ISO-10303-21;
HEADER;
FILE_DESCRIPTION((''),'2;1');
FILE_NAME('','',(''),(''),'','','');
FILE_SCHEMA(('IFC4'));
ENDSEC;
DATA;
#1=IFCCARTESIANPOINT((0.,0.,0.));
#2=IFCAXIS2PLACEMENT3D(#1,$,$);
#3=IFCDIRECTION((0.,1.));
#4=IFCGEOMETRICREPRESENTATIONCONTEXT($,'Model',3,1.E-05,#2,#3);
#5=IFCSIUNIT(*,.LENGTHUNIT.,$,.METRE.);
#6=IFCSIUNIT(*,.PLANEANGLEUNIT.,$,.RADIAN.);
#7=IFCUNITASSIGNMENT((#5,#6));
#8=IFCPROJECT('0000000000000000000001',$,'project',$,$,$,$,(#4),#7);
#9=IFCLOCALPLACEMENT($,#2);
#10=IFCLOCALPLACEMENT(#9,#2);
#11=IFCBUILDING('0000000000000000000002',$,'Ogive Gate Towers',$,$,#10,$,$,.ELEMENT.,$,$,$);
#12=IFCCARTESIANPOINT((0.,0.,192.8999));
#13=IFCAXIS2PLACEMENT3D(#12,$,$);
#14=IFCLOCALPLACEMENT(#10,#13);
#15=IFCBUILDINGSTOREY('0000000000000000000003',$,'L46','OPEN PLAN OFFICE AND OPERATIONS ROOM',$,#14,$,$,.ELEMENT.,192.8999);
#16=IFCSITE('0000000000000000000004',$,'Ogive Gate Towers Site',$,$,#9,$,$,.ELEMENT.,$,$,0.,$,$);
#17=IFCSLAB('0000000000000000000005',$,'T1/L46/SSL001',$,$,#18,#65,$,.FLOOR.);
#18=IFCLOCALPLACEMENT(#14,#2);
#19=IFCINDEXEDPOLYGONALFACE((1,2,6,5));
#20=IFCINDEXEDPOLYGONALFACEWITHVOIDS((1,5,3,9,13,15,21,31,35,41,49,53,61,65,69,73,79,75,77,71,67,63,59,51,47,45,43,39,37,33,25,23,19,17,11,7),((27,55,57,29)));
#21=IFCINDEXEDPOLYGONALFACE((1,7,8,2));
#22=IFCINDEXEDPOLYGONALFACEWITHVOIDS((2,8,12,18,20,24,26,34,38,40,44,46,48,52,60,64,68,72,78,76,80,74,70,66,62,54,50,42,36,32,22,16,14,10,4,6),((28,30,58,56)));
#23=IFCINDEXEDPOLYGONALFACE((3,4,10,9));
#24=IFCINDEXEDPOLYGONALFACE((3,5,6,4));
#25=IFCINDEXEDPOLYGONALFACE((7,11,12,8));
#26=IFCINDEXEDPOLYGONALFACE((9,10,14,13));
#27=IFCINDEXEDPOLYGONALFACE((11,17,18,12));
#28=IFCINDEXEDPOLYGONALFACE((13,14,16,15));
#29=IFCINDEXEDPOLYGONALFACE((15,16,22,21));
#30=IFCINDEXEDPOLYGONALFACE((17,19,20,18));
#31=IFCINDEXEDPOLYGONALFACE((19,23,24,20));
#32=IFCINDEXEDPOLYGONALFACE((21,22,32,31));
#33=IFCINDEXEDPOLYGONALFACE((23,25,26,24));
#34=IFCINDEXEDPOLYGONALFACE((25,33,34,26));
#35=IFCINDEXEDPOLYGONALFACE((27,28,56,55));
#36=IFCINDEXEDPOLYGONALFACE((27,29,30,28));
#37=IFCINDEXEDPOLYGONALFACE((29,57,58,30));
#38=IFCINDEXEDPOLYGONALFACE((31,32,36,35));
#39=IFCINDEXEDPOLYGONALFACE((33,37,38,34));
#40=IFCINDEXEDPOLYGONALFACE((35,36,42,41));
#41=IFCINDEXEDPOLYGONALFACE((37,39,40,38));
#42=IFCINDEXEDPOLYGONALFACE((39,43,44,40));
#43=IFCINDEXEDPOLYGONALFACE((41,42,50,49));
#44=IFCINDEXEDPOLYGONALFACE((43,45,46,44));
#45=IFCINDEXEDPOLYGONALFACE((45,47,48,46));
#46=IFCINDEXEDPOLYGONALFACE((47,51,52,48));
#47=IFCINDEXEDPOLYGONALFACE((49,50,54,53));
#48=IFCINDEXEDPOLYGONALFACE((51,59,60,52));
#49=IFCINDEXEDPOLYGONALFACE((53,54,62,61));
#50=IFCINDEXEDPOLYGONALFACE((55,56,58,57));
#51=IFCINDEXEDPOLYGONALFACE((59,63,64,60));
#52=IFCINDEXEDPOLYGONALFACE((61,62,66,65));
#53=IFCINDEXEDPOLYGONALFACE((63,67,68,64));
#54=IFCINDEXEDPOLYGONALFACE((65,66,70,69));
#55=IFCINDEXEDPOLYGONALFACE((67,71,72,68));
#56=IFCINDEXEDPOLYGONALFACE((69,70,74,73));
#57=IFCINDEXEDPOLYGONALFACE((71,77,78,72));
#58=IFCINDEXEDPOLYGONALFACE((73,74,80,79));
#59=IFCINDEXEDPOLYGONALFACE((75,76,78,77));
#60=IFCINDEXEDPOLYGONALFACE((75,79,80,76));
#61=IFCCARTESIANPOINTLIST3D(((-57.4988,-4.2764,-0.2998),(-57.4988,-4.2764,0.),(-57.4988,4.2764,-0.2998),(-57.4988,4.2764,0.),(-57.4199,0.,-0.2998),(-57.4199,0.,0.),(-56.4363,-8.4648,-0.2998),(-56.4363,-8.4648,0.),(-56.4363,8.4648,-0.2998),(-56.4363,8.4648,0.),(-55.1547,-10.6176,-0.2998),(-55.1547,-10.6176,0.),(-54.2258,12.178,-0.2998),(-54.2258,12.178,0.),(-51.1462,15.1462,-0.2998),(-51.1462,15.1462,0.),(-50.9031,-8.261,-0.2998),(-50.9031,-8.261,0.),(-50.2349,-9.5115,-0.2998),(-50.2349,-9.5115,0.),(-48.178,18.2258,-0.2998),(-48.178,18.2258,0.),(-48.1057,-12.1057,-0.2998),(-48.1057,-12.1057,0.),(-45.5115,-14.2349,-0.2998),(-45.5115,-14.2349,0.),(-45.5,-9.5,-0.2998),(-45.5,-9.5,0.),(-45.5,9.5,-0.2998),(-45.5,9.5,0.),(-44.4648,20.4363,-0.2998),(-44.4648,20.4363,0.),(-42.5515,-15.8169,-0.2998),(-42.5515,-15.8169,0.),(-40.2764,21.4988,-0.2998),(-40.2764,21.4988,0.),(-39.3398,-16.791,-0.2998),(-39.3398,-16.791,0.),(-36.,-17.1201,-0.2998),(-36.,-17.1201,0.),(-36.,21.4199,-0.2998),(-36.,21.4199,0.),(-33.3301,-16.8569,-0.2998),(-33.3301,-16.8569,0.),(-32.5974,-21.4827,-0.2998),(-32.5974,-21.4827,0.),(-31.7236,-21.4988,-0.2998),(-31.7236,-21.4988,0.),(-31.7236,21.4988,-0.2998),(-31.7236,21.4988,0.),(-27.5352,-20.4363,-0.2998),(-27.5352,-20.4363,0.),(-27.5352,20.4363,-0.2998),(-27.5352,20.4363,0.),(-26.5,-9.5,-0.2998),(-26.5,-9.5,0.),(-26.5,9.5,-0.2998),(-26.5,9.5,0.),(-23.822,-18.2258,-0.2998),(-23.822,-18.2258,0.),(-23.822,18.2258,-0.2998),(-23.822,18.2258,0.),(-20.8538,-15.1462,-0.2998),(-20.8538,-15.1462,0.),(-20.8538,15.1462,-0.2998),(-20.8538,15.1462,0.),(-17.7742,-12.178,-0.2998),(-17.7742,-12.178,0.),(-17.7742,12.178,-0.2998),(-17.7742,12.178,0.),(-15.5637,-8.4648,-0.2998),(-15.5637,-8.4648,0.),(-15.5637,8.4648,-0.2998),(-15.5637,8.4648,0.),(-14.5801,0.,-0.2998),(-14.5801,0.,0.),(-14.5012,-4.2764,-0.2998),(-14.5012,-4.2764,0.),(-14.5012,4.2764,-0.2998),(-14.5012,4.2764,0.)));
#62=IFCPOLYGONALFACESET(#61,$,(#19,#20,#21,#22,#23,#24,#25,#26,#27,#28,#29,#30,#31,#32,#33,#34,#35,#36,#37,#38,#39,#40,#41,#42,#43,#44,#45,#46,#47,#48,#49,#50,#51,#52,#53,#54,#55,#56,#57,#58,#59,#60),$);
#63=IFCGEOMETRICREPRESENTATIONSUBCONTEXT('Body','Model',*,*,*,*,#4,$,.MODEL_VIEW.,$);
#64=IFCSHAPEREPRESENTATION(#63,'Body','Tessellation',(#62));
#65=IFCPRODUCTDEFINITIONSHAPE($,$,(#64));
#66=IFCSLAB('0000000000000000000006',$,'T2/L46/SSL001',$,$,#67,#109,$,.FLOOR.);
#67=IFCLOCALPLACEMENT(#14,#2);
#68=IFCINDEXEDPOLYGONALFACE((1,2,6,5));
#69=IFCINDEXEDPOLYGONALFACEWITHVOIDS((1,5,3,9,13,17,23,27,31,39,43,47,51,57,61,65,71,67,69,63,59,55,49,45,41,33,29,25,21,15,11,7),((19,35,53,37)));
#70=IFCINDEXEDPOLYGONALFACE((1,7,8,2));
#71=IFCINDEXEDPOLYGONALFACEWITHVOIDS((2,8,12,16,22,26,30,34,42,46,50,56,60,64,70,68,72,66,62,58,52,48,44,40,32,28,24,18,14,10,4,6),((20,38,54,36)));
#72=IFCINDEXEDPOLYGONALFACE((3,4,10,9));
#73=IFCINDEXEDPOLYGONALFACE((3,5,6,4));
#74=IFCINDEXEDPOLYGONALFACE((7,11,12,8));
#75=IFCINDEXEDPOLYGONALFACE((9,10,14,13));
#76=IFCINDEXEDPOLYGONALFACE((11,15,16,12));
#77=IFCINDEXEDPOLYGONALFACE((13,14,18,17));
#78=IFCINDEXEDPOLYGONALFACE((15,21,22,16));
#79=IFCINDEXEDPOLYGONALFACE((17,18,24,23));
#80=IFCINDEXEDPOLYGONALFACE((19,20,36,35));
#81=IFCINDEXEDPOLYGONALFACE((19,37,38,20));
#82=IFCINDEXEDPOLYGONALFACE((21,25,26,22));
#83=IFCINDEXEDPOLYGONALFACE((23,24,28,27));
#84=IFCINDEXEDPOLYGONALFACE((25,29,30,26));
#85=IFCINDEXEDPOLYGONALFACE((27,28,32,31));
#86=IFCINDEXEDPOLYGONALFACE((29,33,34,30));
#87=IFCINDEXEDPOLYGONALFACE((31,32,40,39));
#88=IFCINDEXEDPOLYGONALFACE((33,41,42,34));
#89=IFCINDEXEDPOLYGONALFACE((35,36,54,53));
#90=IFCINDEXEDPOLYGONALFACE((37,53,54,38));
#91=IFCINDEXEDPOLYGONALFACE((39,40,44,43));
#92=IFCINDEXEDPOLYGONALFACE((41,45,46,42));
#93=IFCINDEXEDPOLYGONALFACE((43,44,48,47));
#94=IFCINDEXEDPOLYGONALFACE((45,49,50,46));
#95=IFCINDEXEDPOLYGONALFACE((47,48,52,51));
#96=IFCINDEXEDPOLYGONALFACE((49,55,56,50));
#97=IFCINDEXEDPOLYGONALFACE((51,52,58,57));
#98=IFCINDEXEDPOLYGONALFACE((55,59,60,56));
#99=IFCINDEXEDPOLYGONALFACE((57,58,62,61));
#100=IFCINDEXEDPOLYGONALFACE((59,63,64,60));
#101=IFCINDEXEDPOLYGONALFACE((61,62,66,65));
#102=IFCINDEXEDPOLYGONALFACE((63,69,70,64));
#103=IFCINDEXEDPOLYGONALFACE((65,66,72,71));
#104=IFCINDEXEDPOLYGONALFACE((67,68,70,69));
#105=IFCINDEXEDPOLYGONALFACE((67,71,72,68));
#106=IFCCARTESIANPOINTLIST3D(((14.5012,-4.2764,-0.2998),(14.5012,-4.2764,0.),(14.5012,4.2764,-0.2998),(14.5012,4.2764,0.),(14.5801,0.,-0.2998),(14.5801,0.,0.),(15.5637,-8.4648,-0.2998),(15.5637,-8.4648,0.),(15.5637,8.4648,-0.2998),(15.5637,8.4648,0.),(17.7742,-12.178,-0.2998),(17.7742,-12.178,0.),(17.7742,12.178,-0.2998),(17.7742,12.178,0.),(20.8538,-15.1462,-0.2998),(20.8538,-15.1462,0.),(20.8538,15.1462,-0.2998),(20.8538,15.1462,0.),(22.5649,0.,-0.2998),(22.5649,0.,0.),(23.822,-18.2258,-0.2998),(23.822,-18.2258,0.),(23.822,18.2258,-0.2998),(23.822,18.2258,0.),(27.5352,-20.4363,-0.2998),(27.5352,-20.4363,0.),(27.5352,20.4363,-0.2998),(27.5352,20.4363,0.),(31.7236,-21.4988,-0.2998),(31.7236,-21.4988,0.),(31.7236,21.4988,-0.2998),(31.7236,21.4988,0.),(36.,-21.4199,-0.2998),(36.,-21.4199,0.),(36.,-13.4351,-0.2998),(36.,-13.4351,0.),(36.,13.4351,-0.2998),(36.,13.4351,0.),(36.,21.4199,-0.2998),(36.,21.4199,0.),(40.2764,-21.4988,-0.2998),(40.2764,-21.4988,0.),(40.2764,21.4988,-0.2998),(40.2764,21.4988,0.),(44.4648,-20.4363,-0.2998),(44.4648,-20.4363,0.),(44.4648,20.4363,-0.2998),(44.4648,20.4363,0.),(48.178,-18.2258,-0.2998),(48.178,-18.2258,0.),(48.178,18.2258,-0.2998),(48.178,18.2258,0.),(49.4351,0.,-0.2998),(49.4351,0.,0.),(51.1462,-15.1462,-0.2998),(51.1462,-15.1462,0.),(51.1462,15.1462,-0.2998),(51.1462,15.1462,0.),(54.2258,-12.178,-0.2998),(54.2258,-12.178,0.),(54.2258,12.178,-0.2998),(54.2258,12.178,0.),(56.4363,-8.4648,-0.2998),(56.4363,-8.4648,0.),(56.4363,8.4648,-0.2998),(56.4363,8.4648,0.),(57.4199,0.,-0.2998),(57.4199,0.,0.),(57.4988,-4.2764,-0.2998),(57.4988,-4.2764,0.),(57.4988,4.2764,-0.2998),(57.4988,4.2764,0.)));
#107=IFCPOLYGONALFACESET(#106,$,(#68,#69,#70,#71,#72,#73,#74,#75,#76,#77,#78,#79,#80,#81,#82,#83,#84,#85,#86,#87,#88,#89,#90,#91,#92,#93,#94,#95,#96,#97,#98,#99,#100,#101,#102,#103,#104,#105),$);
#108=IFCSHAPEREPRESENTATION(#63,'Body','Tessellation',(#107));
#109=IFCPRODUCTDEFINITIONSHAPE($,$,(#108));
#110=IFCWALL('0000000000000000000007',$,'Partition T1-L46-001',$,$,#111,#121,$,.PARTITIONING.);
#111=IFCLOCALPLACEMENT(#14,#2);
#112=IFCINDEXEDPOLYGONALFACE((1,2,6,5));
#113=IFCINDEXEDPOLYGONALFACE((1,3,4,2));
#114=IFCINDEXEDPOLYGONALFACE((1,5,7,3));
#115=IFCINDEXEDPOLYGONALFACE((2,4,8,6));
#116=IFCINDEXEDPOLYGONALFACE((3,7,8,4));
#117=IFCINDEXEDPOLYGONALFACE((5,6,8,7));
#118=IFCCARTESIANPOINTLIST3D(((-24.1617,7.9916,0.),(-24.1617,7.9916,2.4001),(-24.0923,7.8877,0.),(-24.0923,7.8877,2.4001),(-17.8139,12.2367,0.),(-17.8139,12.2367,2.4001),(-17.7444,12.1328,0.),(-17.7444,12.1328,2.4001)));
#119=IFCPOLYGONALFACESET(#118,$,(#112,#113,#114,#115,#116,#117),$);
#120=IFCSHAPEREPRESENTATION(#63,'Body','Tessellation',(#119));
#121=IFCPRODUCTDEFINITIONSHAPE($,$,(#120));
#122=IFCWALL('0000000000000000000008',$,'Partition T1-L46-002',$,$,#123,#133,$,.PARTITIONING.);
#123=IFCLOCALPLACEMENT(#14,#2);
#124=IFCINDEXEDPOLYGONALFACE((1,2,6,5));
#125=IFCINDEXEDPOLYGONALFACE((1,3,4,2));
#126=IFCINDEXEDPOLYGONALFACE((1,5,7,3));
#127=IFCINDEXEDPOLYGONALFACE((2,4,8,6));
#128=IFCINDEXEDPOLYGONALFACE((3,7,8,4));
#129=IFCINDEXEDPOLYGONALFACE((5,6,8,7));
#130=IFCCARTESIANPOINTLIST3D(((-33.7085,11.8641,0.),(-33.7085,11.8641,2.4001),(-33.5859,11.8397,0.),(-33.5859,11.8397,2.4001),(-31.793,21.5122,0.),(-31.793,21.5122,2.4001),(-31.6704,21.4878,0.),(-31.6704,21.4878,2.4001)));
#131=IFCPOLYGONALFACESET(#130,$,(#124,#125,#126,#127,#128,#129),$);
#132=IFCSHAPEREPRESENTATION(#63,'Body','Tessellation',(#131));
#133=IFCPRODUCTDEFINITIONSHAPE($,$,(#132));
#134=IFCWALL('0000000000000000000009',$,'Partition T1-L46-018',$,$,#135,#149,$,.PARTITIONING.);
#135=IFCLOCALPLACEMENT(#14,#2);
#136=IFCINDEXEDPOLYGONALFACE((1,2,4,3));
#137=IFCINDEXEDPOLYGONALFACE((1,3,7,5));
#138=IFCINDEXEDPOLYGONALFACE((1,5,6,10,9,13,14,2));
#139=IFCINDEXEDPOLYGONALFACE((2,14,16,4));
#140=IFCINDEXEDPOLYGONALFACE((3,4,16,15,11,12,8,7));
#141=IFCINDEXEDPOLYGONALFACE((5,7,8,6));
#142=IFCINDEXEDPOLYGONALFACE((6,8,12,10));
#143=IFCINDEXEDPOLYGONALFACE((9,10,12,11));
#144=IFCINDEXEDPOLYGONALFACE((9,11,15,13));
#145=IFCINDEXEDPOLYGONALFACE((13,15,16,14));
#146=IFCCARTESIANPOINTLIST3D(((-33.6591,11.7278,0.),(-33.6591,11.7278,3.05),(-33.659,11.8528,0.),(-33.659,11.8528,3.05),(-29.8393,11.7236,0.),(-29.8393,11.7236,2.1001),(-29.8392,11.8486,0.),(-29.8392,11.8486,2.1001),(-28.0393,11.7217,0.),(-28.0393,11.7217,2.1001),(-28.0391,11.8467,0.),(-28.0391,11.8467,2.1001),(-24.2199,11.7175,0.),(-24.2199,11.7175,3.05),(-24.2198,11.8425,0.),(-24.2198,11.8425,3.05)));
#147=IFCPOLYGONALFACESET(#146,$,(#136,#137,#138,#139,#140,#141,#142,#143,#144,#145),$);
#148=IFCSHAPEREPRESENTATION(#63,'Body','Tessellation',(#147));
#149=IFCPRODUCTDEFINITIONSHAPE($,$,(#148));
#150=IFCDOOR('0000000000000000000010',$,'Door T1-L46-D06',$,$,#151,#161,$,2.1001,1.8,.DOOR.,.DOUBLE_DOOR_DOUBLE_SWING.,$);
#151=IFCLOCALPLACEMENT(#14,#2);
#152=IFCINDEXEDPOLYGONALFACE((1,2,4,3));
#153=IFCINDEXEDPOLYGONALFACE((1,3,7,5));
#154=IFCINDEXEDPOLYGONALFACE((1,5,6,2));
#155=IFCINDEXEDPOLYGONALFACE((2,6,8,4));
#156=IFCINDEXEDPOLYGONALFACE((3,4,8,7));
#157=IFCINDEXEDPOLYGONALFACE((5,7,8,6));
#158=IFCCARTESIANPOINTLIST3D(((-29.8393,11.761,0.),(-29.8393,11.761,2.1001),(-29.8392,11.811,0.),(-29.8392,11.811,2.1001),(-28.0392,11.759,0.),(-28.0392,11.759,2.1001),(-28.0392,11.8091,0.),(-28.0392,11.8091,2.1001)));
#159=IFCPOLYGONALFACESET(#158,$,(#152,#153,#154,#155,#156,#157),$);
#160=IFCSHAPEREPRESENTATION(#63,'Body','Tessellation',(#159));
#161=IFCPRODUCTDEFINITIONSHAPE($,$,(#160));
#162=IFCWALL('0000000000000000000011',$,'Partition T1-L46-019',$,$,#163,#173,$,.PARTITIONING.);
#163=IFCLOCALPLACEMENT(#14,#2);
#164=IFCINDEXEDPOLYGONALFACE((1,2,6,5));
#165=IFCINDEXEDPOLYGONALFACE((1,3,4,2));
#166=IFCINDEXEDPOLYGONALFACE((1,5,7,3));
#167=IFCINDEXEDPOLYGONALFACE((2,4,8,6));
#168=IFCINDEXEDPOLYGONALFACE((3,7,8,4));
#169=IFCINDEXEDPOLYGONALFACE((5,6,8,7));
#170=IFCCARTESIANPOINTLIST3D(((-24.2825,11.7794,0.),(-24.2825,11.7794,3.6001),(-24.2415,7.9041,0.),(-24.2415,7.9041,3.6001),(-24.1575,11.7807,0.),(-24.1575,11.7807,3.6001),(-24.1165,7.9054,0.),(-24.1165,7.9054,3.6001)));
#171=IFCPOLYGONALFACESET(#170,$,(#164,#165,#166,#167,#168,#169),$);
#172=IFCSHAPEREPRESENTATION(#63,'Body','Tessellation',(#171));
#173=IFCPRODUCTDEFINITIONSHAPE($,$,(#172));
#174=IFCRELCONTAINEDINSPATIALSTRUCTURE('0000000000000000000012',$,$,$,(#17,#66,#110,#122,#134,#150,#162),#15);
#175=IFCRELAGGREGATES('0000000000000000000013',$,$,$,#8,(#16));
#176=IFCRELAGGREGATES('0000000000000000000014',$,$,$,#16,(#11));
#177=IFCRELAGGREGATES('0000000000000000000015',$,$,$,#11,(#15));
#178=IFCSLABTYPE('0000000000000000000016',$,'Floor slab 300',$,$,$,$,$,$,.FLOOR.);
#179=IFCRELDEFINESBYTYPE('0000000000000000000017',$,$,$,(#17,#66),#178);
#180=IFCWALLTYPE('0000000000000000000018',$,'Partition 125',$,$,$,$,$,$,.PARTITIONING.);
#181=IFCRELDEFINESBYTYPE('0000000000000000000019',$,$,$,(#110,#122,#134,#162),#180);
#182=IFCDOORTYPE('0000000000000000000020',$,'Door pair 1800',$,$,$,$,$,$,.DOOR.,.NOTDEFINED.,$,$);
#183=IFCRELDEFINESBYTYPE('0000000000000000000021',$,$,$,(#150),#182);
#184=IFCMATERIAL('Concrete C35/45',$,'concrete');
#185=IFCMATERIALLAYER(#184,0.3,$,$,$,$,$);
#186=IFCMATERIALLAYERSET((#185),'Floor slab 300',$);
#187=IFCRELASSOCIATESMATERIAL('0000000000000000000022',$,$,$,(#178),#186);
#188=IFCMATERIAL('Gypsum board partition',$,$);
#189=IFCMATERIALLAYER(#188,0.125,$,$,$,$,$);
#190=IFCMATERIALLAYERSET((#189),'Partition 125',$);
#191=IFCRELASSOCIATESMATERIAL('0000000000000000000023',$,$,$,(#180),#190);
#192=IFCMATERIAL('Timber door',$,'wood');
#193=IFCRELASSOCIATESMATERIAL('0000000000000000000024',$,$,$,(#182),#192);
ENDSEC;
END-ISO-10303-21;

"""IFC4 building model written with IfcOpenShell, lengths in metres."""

from ifc_helpers import new_model, si_unit, direction, frame, frame_2d, origin, place, context, subcontext, project, spatial, polyline, rectangle, outline, extrude, material, layer, layer_set, type_object, element, fill, save


model = new_model("IFC4")

# Units and contexts
model_context = context("Model", 3, precision=1e-05, world=origin(), true_north=direction((0.0, 1.0)))
body_context = subcontext(model_context, "Body", "Model", "MODEL_VIEW")
ifc_project = project(units=[si_unit("LENGTHUNIT", "METRE"), si_unit("PLANEANGLEUNIT", "RADIAN")], contexts=[model_context])

# Site, building, storey
site_placement = place(None, origin())
site = spatial("IfcSite", under=ifc_project, at=site_placement, Name="Ogive Gate Towers Site", CompositionType="ELEMENT", RefElevation=0.0)
building_placement = place(site_placement, origin())
building = spatial("IfcBuilding", under=site, at=building_placement, Name="Ogive Gate Towers", CompositionType="ELEMENT")
storey_placement = place(building_placement, frame((0.0, 0.0, 192.8999)))
storey = spatial("IfcBuildingStorey", under=building, at=storey_placement, Name="L46", Description="OPEN PLAN OFFICE AND OPERATIONS ROOM", CompositionType="ELEMENT", Elevation=192.8999)

# Slabs
ifc_material_1 = material(Name="Concrete C35/45", Category="concrete")
ifc_layer_1 = layer(ifc_material_1, 0.3)
ifc_layer_set_1 = layer_set([ifc_layer_1], Name="Floor slab 300")
slab_type_1 = type_object("IfcSlabType", Name="Floor slab 300", PredefinedType="FLOOR", material=ifc_layer_set_1)
slab_1_placement = place(storey_placement, frame((0.0, 0.0, -0.2998)))
element("IfcSlab", 1, at=slab_1_placement, inside=storey, type_object=slab_type_1, Name="T1/L46/SSL001", PredefinedType="FLOOR", context=body_context, shape_type="SweptSolid", body=[
    extrude(outline(polyline([(-57.4988, -4.2764), (-56.4363, -8.4648), (-54.2258, -12.178), (-55.1548, -10.6177), (-50.9031, -8.261), (-50.2349, -9.5115), (-48.1057, -12.1057), (-45.5115, -14.2349), (-42.5515, -15.8169), (-39.3398, -16.791), (-36.0, -17.1201), (-33.3301, -16.8569), (-32.5974, -21.4827), (-36.0, -21.4199), (-31.7236, -21.4988), (-27.5352, -20.4363), (-23.822, -18.2258), (-20.8538, -15.1462), (-17.7742, -12.178), (-15.5637, -8.4648), (-14.5012, -4.2764), (-14.5801, 0.0), (-14.5012, 4.2764), (-15.5637, 8.4648), (-17.7742, 12.178), (-20.8538, 15.1462), (-23.822, 18.2258), (-27.5352, 20.4363), (-31.7236, 21.4988), (-36.0, 21.4199), (-40.2764, 21.4988), (-44.4648, 20.4363), (-48.178, 18.2258), (-51.1462, 15.1462), (-54.2258, 12.178), (-56.4363, 8.4648), (-57.4988, 4.2764), (-57.4199, 0.0), (-57.4988, -4.2764)]), holes=[polyline([(-26.5, -9.5), (-45.5, -9.5), (-45.5, 9.5), (-26.5, 9.5), (-26.5, -9.5)])]), origin(), (0.0, 0.0, 1.0), 0.2998),
])
slab_2_placement = place(storey_placement, frame((0.0, 0.0, -0.2998)))
element("IfcSlab", 2, at=slab_2_placement, inside=storey, type_object=slab_type_1, Name="T2/L46/SSL001", PredefinedType="FLOOR", context=body_context, shape_type="SweptSolid", body=[
    extrude(outline(polyline([(57.4988, -4.2764), (57.4199, 0.0), (57.4988, 4.2764), (56.4363, 8.4648), (54.2258, 12.178), (51.1462, 15.1462), (48.178, 18.2258), (44.4648, 20.4363), (40.2764, 21.4988), (36.0, 21.4199), (31.7236, 21.4988), (27.5352, 20.4363), (23.822, 18.2258), (20.8538, 15.1462), (17.7742, 12.178), (15.5637, 8.4648), (14.5012, 4.2764), (14.5801, 0.0), (14.5012, -4.2764), (15.5637, -8.4648), (17.7742, -12.178), (20.8538, -15.1462), (23.822, -18.2258), (27.5352, -20.4363), (31.7236, -21.4988), (36.0, -21.4199), (40.2764, -21.4988), (44.4648, -20.4363), (48.178, -18.2258), (51.1462, -15.1462), (54.2258, -12.178), (56.4363, -8.4648), (57.4988, -4.2764)]), holes=[polyline([(49.4351, 0.0), (36.0, -13.4351), (22.5649, 0.0), (36.0, 13.4351), (49.4351, 0.0)])]), origin(), (0.0, 0.0, 1.0), 0.2998),
])

# Walls
ifc_material_2 = material(Name="Gypsum board partition")
ifc_layer_2 = layer(ifc_material_2, 0.125)
ifc_layer_set_2 = layer_set([ifc_layer_2], Name="Partition 125")
wall_type_1 = type_object("IfcWallType", Name="Partition 125", PredefinedType="PARTITIONING", material=ifc_layer_set_2)
wall_1_placement = place(storey_placement, frame((-17.7791, 12.1848, 0.0), z_axis=(0.0, 0.0, 1.0), x_axis=(-0.831253, -0.555895, 0.0)))
element("IfcWall", 3, at=wall_1_placement, inside=storey, type_object=wall_type_1, Name="Partition T1-L46-001", PredefinedType="PARTITIONING", context=body_context, shape_type="SweptSolid", body=[
    extrude(rectangle(XDim=7.6365, YDim=0.125, at=frame_2d((3.8184, 0.0))), origin(), (0.0, 0.0, 1.0), 2.4001),
])
wall_2_placement = place(storey_placement, frame((-31.7317, 21.5, 0.0), z_axis=(0.0, 0.0, 1.0), x_axis=(-0.194737, -0.980856, 0.0)))
element("IfcWall", 4, at=wall_2_placement, inside=storey, type_object=wall_type_1, Name="Partition T1-L46-002", PredefinedType="PARTITIONING", context=body_context, shape_type="SweptSolid", body=[
    extrude(rectangle(XDim=9.8364, YDim=0.125, at=frame_2d((4.9182, 0.0))), origin(), (0.0, 0.0, 1.0), 2.4001),
])

# Wall, opening, door
wall_3_placement = place(storey_placement, frame((-33.6592, 11.7903, 0.0), z_axis=(0.0, 0.0, 1.0), x_axis=(0.999999, -0.001086, 0.0)))
wall_3 = element("IfcWall", 5, at=wall_3_placement, inside=storey, type_object=wall_type_1, Name="Partition T1-L46-018", PredefinedType="PARTITIONING", context=body_context, shape_type="SweptSolid", body=[
    extrude(rectangle(XDim=9.4392, YDim=0.125, at=frame_2d((4.7197, 0.0))), origin(), (0.0, 0.0, 1.0), 3.05),
])
opening_1_placement = place(wall_3_placement, frame((3.8201, 0.0, 0.0)))
opening_1 = element("IfcOpeningElement", 6, at=opening_1_placement, cuts=wall_3, PredefinedType="OPENING", context=body_context, shape_type="SweptSolid", body=[
    extrude(rectangle(XDim=1.8, YDim=2.1001, at=frame_2d((0.8999, 1.05))), frame((0.0, 0.0725, 0.0), z_axis=(0.0, -1.0, 0.0), x_axis=(1.0, 0.0, 0.0)), (0.0, 0.0, 1.0), 0.145),
])
ifc_material_3 = material(Name="Timber door", Category="wood")
door_type_1 = type_object("IfcDoorType", Name="Door pair 1800", OperationType="NOTDEFINED", PredefinedType="DOOR", material=ifc_material_3)
door_1_placement = place(opening_1_placement, origin())
door_1 = element("IfcDoor", 7, at=door_1_placement, inside=storey, type_object=door_type_1, Name="Door T1-L46-D06", OperationType="DOUBLE_DOOR_DOUBLE_SWING", OverallHeight=2.1001, OverallWidth=1.8, PredefinedType="DOOR", context=body_context, shape_type="SweptSolid", body=[
    extrude(rectangle(XDim=1.8, YDim=2.1001, at=frame_2d((0.8999, 1.05))), frame((0.0, 0.0249, 0.0), z_axis=(0.0, -1.0, 0.0), x_axis=(1.0, 0.0, 0.0)), (0.0, 0.0, 1.0), 0.05),
])
fill(opening_1, door_1)

# Wall
wall_4_placement = place(storey_placement, frame((-24.22, 11.78, 0.0), z_axis=(0.0, 0.0, 1.0), x_axis=(0.010583, -0.999944, 0.0)))
element("IfcWall", 8, at=wall_4_placement, inside=storey, type_object=wall_type_1, Name="Partition T1-L46-019", PredefinedType="PARTITIONING", context=body_context, shape_type="SweptSolid", body=[
    extrude(rectangle(XDim=3.8755, YDim=0.125, at=frame_2d((1.9377, 0.0))), origin(), (0.0, 0.0, 1.0), 3.6001),
])

save(model, "model.ifc")
